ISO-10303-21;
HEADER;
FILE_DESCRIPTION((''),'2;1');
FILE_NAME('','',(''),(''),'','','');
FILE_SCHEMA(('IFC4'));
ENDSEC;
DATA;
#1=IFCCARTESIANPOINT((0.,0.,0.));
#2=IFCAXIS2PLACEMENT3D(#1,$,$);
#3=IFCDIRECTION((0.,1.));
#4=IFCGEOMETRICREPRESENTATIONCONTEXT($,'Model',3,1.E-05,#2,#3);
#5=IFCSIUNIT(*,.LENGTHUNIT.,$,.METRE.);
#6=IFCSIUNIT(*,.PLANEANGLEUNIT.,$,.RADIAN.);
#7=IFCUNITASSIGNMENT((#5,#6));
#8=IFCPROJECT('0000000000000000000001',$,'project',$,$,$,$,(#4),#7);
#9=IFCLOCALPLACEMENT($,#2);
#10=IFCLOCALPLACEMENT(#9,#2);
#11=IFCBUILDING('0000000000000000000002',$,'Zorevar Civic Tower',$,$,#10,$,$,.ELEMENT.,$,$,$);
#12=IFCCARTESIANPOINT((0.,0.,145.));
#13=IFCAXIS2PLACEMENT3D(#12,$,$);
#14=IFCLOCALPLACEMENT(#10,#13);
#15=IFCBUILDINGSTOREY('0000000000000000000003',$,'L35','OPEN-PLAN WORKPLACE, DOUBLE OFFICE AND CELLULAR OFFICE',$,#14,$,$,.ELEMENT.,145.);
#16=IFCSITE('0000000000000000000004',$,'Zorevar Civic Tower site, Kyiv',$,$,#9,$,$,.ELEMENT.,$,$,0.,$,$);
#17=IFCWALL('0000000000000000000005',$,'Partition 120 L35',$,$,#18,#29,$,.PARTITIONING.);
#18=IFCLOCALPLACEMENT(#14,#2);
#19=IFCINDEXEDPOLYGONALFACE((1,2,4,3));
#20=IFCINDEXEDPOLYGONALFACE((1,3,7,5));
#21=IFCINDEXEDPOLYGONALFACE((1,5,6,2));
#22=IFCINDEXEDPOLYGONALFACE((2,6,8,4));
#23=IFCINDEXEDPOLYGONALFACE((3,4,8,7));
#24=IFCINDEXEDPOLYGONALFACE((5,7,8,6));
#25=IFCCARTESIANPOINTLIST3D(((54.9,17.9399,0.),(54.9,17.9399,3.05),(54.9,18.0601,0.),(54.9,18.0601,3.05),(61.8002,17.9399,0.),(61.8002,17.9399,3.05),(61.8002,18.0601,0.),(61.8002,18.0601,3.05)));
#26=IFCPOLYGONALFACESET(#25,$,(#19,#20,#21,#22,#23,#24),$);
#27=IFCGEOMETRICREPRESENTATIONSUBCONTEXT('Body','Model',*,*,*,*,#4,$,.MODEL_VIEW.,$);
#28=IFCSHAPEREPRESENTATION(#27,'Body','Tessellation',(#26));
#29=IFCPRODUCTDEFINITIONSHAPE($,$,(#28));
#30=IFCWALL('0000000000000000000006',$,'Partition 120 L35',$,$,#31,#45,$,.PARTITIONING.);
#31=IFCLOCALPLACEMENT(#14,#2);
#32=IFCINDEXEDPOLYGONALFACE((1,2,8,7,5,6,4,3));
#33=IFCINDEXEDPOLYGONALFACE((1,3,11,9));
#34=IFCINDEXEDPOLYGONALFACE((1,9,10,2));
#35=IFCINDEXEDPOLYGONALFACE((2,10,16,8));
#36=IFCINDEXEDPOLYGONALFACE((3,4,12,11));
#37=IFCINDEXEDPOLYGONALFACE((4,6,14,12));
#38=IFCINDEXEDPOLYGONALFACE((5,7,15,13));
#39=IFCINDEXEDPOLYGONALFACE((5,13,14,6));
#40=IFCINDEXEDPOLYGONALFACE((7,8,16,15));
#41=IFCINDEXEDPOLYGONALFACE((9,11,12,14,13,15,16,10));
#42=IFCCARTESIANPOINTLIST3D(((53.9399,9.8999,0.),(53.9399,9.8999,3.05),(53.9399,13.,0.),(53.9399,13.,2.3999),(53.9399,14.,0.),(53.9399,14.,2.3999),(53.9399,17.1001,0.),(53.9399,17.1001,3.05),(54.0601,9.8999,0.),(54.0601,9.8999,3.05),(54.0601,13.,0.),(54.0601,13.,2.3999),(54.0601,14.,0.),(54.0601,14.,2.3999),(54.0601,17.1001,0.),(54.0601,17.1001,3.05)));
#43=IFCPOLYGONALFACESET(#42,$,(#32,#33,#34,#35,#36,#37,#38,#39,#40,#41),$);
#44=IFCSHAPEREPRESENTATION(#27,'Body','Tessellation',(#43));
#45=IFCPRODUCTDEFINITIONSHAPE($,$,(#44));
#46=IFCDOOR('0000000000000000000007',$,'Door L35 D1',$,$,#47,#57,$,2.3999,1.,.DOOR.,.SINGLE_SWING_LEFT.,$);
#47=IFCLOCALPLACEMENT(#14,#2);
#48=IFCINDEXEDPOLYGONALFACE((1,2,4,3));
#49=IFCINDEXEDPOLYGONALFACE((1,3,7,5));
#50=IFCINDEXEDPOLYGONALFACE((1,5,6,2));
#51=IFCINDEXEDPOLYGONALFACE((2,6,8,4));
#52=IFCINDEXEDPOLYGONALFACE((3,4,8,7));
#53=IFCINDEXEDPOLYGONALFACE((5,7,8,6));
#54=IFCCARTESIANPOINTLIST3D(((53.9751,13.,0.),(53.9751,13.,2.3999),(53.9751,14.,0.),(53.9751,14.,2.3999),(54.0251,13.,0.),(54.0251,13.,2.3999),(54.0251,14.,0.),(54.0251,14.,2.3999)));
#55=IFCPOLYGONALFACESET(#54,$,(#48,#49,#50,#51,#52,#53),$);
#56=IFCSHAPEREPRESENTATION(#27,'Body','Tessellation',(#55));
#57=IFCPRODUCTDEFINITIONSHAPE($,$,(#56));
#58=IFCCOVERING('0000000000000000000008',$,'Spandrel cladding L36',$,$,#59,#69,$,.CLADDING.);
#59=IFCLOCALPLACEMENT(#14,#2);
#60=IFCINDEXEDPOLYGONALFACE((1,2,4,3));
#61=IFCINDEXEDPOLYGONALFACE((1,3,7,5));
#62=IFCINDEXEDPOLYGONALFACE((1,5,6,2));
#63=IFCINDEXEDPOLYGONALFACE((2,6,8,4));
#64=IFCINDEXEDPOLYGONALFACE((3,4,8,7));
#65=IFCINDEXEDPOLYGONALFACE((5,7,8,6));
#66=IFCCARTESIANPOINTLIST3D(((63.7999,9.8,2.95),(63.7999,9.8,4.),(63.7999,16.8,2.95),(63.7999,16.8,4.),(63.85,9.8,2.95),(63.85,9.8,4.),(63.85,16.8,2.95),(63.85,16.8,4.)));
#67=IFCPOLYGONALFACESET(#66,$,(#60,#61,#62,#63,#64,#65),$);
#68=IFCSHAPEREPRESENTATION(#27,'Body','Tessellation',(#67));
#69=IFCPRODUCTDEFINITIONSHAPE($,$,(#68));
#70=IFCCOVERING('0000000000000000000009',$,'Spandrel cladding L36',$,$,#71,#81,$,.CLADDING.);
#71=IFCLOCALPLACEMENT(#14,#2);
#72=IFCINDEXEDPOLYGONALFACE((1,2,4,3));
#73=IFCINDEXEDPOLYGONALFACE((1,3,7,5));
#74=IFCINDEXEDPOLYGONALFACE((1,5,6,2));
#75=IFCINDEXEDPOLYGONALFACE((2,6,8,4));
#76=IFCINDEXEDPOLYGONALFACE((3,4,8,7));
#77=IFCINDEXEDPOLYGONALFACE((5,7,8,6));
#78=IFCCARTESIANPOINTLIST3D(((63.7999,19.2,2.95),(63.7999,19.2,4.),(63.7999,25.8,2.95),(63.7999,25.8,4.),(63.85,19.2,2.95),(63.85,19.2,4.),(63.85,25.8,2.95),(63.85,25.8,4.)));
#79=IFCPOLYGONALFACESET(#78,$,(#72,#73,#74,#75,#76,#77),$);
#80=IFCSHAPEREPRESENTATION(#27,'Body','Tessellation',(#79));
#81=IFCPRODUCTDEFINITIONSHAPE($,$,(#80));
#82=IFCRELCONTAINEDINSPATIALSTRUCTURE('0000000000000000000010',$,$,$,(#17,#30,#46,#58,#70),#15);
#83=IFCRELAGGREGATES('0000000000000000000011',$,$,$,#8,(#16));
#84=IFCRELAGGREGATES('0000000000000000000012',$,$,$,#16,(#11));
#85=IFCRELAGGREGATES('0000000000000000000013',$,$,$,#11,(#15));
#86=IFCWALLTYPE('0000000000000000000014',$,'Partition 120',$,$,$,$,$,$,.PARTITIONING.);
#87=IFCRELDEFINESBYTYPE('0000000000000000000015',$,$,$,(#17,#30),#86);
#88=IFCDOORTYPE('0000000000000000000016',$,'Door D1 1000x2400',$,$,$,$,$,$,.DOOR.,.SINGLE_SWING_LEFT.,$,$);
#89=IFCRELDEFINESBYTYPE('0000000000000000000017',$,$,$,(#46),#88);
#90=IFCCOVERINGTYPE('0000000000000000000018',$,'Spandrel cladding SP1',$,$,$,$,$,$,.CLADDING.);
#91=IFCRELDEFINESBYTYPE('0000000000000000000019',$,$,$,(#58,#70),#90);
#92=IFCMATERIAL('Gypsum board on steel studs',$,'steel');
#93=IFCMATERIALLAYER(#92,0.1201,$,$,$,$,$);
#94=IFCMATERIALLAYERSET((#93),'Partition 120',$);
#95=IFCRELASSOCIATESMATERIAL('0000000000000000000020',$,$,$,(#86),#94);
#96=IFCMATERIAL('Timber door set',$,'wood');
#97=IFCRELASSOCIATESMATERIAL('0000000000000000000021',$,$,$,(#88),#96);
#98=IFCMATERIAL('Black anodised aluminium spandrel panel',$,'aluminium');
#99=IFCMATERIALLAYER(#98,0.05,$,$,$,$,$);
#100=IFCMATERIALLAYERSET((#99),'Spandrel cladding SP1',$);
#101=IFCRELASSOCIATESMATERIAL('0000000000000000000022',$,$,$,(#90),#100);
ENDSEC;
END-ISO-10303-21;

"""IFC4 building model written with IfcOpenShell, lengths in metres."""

from ifc_helpers import new_model, si_unit, direction, frame, frame_2d, origin, place, context, subcontext, project, spatial, rectangle, extrude, material, layer, layer_set, type_object, element, fill, save


model = new_model("IFC4")

# Units and contexts
model_context = context("Model", 3, precision=1e-05, world=origin(), true_north=direction((0.0, 1.0)))
body_context = subcontext(model_context, "Body", "Model", "MODEL_VIEW")
ifc_project = project(units=[si_unit("LENGTHUNIT", "METRE"), si_unit("PLANEANGLEUNIT", "RADIAN")], contexts=[model_context])

# Site, building, storey
site_placement = place(None, origin())
site = spatial("IfcSite", under=ifc_project, at=site_placement, Name="Zorevar Civic Tower site, Kyiv", CompositionType="ELEMENT", RefElevation=0.0)
building_placement = place(site_placement, origin())
building = spatial("IfcBuilding", under=site, at=building_placement, Name="Zorevar Civic Tower", CompositionType="ELEMENT")
storey_placement = place(building_placement, frame((0.0, 0.0, 145.0)))
storey = spatial("IfcBuildingStorey", under=building, at=storey_placement, Name="L35", Description="OPEN-PLAN WORKPLACE, DOUBLE OFFICE AND CELLULAR OFFICE", CompositionType="ELEMENT", Elevation=145.0)

# Wall
ifc_material_1 = material(Name="Gypsum board on steel studs", Category="steel")
ifc_layer_1 = layer(ifc_material_1, 0.1201)
ifc_layer_set_1 = layer_set([ifc_layer_1], Name="Partition 120")
wall_type_1 = type_object("IfcWallType", Name="Partition 120", PredefinedType="PARTITIONING", material=ifc_layer_set_1)
wall_1_placement = place(storey_placement, frame((54.8999, 18.0, 0.0), z_axis=(0.0, 0.0, 1.0), x_axis=(1.0, 0.0, 0.0)))
element("IfcWall", 1, at=wall_1_placement, inside=storey, type_object=wall_type_1, Name="Partition 120 L35", PredefinedType="PARTITIONING", context=body_context, shape_type="SweptSolid", body=[
    extrude(rectangle(XDim=6.9001, YDim=0.1201, at=frame_2d((3.4502, 0.0))), origin(), (0.0, 0.0, 1.0), 3.05),
])

# Wall, opening, door
wall_2_placement = place(storey_placement, frame((54.0, 9.8999, 0.0), z_axis=(0.0, 0.0, 1.0), x_axis=(0.0, 1.0, 0.0)))
wall_2 = element("IfcWall", 2, at=wall_2_placement, inside=storey, type_object=wall_type_1, Name="Partition 120 L35", PredefinedType="PARTITIONING", context=body_context, shape_type="SweptSolid", body=[
    extrude(rectangle(XDim=7.2002, YDim=0.1201, at=frame_2d((3.6001, 0.0))), origin(), (0.0, 0.0, 1.0), 3.05),
])
opening_1_placement = place(wall_2_placement, frame((3.1001, 0.0, 0.0)))
opening_1 = element("IfcOpeningElement", 3, at=opening_1_placement, cuts=wall_2, PredefinedType="OPENING", context=body_context, shape_type="SweptSolid", body=[
    extrude(rectangle(XDim=1.0, YDim=2.3999, at=frame_2d((0.5, 1.2))), frame((0.0, 0.0701, 0.0), z_axis=(0.0, -1.0, 0.0), x_axis=(1.0, 0.0, 0.0)), (0.0, 0.0, 1.0), 0.1401),
])
ifc_material_2 = material(Name="Timber door set", Category="wood")
door_type_1 = type_object("IfcDoorType", Name="Door D1 1000x2400", OperationType="SINGLE_SWING_LEFT", PredefinedType="DOOR", material=ifc_material_2)
door_1_placement = place(opening_1_placement, origin())
door_1 = element("IfcDoor", 4, at=door_1_placement, inside=storey, type_object=door_type_1, Name="Door L35 D1", OperationType="SINGLE_SWING_LEFT", OverallHeight=2.3999, OverallWidth=1.0, PredefinedType="DOOR", context=body_context, shape_type="SweptSolid", body=[
    extrude(rectangle(XDim=1.0, YDim=2.3999, at=frame_2d((0.5, 1.2))), frame((0.0, 0.0249, 0.0), z_axis=(0.0, -1.0, 0.0), x_axis=(1.0, 0.0, 0.0)), (0.0, 0.0, 1.0), 0.05),
])
fill(opening_1, door_1)

# Coverings
ifc_material_3 = material(Name="Black anodised aluminium spandrel panel", Category="aluminium")
ifc_layer_2 = layer(ifc_material_3, 0.05)
ifc_layer_set_2 = layer_set([ifc_layer_2], Name="Spandrel cladding SP1")
covering_type = type_object("IfcCoveringType", Name="Spandrel cladding SP1", PredefinedType="CLADDING", material=ifc_layer_set_2)
covering_1_placement = place(storey_placement, frame((63.825, 9.8, 2.95), z_axis=(0.0, 0.0, 1.0), x_axis=(0.0, 1.0, 0.0)))
element("IfcCovering", 5, at=covering_1_placement, inside=storey, type_object=covering_type, Name="Spandrel cladding L36", PredefinedType="CLADDING", context=body_context, shape_type="SweptSolid", body=[
    extrude(rectangle(XDim=7.0, YDim=0.05, at=frame_2d((3.5, 0.0))), origin(), (0.0, 0.0, 1.0), 1.05),
])
covering_2_placement = place(storey_placement, frame((63.825, 19.2, 2.95), z_axis=(0.0, 0.0, 1.0), x_axis=(0.0, 1.0, 0.0)))
element("IfcCovering", 6, at=covering_2_placement, inside=storey, type_object=covering_type, Name="Spandrel cladding L36", PredefinedType="CLADDING", context=body_context, shape_type="SweptSolid", body=[
    extrude(rectangle(XDim=6.6001, YDim=0.05, at=frame_2d((3.3, 0.0))), origin(), (0.0, 0.0, 1.0), 1.05),
])

save(model, "model.ifc")
